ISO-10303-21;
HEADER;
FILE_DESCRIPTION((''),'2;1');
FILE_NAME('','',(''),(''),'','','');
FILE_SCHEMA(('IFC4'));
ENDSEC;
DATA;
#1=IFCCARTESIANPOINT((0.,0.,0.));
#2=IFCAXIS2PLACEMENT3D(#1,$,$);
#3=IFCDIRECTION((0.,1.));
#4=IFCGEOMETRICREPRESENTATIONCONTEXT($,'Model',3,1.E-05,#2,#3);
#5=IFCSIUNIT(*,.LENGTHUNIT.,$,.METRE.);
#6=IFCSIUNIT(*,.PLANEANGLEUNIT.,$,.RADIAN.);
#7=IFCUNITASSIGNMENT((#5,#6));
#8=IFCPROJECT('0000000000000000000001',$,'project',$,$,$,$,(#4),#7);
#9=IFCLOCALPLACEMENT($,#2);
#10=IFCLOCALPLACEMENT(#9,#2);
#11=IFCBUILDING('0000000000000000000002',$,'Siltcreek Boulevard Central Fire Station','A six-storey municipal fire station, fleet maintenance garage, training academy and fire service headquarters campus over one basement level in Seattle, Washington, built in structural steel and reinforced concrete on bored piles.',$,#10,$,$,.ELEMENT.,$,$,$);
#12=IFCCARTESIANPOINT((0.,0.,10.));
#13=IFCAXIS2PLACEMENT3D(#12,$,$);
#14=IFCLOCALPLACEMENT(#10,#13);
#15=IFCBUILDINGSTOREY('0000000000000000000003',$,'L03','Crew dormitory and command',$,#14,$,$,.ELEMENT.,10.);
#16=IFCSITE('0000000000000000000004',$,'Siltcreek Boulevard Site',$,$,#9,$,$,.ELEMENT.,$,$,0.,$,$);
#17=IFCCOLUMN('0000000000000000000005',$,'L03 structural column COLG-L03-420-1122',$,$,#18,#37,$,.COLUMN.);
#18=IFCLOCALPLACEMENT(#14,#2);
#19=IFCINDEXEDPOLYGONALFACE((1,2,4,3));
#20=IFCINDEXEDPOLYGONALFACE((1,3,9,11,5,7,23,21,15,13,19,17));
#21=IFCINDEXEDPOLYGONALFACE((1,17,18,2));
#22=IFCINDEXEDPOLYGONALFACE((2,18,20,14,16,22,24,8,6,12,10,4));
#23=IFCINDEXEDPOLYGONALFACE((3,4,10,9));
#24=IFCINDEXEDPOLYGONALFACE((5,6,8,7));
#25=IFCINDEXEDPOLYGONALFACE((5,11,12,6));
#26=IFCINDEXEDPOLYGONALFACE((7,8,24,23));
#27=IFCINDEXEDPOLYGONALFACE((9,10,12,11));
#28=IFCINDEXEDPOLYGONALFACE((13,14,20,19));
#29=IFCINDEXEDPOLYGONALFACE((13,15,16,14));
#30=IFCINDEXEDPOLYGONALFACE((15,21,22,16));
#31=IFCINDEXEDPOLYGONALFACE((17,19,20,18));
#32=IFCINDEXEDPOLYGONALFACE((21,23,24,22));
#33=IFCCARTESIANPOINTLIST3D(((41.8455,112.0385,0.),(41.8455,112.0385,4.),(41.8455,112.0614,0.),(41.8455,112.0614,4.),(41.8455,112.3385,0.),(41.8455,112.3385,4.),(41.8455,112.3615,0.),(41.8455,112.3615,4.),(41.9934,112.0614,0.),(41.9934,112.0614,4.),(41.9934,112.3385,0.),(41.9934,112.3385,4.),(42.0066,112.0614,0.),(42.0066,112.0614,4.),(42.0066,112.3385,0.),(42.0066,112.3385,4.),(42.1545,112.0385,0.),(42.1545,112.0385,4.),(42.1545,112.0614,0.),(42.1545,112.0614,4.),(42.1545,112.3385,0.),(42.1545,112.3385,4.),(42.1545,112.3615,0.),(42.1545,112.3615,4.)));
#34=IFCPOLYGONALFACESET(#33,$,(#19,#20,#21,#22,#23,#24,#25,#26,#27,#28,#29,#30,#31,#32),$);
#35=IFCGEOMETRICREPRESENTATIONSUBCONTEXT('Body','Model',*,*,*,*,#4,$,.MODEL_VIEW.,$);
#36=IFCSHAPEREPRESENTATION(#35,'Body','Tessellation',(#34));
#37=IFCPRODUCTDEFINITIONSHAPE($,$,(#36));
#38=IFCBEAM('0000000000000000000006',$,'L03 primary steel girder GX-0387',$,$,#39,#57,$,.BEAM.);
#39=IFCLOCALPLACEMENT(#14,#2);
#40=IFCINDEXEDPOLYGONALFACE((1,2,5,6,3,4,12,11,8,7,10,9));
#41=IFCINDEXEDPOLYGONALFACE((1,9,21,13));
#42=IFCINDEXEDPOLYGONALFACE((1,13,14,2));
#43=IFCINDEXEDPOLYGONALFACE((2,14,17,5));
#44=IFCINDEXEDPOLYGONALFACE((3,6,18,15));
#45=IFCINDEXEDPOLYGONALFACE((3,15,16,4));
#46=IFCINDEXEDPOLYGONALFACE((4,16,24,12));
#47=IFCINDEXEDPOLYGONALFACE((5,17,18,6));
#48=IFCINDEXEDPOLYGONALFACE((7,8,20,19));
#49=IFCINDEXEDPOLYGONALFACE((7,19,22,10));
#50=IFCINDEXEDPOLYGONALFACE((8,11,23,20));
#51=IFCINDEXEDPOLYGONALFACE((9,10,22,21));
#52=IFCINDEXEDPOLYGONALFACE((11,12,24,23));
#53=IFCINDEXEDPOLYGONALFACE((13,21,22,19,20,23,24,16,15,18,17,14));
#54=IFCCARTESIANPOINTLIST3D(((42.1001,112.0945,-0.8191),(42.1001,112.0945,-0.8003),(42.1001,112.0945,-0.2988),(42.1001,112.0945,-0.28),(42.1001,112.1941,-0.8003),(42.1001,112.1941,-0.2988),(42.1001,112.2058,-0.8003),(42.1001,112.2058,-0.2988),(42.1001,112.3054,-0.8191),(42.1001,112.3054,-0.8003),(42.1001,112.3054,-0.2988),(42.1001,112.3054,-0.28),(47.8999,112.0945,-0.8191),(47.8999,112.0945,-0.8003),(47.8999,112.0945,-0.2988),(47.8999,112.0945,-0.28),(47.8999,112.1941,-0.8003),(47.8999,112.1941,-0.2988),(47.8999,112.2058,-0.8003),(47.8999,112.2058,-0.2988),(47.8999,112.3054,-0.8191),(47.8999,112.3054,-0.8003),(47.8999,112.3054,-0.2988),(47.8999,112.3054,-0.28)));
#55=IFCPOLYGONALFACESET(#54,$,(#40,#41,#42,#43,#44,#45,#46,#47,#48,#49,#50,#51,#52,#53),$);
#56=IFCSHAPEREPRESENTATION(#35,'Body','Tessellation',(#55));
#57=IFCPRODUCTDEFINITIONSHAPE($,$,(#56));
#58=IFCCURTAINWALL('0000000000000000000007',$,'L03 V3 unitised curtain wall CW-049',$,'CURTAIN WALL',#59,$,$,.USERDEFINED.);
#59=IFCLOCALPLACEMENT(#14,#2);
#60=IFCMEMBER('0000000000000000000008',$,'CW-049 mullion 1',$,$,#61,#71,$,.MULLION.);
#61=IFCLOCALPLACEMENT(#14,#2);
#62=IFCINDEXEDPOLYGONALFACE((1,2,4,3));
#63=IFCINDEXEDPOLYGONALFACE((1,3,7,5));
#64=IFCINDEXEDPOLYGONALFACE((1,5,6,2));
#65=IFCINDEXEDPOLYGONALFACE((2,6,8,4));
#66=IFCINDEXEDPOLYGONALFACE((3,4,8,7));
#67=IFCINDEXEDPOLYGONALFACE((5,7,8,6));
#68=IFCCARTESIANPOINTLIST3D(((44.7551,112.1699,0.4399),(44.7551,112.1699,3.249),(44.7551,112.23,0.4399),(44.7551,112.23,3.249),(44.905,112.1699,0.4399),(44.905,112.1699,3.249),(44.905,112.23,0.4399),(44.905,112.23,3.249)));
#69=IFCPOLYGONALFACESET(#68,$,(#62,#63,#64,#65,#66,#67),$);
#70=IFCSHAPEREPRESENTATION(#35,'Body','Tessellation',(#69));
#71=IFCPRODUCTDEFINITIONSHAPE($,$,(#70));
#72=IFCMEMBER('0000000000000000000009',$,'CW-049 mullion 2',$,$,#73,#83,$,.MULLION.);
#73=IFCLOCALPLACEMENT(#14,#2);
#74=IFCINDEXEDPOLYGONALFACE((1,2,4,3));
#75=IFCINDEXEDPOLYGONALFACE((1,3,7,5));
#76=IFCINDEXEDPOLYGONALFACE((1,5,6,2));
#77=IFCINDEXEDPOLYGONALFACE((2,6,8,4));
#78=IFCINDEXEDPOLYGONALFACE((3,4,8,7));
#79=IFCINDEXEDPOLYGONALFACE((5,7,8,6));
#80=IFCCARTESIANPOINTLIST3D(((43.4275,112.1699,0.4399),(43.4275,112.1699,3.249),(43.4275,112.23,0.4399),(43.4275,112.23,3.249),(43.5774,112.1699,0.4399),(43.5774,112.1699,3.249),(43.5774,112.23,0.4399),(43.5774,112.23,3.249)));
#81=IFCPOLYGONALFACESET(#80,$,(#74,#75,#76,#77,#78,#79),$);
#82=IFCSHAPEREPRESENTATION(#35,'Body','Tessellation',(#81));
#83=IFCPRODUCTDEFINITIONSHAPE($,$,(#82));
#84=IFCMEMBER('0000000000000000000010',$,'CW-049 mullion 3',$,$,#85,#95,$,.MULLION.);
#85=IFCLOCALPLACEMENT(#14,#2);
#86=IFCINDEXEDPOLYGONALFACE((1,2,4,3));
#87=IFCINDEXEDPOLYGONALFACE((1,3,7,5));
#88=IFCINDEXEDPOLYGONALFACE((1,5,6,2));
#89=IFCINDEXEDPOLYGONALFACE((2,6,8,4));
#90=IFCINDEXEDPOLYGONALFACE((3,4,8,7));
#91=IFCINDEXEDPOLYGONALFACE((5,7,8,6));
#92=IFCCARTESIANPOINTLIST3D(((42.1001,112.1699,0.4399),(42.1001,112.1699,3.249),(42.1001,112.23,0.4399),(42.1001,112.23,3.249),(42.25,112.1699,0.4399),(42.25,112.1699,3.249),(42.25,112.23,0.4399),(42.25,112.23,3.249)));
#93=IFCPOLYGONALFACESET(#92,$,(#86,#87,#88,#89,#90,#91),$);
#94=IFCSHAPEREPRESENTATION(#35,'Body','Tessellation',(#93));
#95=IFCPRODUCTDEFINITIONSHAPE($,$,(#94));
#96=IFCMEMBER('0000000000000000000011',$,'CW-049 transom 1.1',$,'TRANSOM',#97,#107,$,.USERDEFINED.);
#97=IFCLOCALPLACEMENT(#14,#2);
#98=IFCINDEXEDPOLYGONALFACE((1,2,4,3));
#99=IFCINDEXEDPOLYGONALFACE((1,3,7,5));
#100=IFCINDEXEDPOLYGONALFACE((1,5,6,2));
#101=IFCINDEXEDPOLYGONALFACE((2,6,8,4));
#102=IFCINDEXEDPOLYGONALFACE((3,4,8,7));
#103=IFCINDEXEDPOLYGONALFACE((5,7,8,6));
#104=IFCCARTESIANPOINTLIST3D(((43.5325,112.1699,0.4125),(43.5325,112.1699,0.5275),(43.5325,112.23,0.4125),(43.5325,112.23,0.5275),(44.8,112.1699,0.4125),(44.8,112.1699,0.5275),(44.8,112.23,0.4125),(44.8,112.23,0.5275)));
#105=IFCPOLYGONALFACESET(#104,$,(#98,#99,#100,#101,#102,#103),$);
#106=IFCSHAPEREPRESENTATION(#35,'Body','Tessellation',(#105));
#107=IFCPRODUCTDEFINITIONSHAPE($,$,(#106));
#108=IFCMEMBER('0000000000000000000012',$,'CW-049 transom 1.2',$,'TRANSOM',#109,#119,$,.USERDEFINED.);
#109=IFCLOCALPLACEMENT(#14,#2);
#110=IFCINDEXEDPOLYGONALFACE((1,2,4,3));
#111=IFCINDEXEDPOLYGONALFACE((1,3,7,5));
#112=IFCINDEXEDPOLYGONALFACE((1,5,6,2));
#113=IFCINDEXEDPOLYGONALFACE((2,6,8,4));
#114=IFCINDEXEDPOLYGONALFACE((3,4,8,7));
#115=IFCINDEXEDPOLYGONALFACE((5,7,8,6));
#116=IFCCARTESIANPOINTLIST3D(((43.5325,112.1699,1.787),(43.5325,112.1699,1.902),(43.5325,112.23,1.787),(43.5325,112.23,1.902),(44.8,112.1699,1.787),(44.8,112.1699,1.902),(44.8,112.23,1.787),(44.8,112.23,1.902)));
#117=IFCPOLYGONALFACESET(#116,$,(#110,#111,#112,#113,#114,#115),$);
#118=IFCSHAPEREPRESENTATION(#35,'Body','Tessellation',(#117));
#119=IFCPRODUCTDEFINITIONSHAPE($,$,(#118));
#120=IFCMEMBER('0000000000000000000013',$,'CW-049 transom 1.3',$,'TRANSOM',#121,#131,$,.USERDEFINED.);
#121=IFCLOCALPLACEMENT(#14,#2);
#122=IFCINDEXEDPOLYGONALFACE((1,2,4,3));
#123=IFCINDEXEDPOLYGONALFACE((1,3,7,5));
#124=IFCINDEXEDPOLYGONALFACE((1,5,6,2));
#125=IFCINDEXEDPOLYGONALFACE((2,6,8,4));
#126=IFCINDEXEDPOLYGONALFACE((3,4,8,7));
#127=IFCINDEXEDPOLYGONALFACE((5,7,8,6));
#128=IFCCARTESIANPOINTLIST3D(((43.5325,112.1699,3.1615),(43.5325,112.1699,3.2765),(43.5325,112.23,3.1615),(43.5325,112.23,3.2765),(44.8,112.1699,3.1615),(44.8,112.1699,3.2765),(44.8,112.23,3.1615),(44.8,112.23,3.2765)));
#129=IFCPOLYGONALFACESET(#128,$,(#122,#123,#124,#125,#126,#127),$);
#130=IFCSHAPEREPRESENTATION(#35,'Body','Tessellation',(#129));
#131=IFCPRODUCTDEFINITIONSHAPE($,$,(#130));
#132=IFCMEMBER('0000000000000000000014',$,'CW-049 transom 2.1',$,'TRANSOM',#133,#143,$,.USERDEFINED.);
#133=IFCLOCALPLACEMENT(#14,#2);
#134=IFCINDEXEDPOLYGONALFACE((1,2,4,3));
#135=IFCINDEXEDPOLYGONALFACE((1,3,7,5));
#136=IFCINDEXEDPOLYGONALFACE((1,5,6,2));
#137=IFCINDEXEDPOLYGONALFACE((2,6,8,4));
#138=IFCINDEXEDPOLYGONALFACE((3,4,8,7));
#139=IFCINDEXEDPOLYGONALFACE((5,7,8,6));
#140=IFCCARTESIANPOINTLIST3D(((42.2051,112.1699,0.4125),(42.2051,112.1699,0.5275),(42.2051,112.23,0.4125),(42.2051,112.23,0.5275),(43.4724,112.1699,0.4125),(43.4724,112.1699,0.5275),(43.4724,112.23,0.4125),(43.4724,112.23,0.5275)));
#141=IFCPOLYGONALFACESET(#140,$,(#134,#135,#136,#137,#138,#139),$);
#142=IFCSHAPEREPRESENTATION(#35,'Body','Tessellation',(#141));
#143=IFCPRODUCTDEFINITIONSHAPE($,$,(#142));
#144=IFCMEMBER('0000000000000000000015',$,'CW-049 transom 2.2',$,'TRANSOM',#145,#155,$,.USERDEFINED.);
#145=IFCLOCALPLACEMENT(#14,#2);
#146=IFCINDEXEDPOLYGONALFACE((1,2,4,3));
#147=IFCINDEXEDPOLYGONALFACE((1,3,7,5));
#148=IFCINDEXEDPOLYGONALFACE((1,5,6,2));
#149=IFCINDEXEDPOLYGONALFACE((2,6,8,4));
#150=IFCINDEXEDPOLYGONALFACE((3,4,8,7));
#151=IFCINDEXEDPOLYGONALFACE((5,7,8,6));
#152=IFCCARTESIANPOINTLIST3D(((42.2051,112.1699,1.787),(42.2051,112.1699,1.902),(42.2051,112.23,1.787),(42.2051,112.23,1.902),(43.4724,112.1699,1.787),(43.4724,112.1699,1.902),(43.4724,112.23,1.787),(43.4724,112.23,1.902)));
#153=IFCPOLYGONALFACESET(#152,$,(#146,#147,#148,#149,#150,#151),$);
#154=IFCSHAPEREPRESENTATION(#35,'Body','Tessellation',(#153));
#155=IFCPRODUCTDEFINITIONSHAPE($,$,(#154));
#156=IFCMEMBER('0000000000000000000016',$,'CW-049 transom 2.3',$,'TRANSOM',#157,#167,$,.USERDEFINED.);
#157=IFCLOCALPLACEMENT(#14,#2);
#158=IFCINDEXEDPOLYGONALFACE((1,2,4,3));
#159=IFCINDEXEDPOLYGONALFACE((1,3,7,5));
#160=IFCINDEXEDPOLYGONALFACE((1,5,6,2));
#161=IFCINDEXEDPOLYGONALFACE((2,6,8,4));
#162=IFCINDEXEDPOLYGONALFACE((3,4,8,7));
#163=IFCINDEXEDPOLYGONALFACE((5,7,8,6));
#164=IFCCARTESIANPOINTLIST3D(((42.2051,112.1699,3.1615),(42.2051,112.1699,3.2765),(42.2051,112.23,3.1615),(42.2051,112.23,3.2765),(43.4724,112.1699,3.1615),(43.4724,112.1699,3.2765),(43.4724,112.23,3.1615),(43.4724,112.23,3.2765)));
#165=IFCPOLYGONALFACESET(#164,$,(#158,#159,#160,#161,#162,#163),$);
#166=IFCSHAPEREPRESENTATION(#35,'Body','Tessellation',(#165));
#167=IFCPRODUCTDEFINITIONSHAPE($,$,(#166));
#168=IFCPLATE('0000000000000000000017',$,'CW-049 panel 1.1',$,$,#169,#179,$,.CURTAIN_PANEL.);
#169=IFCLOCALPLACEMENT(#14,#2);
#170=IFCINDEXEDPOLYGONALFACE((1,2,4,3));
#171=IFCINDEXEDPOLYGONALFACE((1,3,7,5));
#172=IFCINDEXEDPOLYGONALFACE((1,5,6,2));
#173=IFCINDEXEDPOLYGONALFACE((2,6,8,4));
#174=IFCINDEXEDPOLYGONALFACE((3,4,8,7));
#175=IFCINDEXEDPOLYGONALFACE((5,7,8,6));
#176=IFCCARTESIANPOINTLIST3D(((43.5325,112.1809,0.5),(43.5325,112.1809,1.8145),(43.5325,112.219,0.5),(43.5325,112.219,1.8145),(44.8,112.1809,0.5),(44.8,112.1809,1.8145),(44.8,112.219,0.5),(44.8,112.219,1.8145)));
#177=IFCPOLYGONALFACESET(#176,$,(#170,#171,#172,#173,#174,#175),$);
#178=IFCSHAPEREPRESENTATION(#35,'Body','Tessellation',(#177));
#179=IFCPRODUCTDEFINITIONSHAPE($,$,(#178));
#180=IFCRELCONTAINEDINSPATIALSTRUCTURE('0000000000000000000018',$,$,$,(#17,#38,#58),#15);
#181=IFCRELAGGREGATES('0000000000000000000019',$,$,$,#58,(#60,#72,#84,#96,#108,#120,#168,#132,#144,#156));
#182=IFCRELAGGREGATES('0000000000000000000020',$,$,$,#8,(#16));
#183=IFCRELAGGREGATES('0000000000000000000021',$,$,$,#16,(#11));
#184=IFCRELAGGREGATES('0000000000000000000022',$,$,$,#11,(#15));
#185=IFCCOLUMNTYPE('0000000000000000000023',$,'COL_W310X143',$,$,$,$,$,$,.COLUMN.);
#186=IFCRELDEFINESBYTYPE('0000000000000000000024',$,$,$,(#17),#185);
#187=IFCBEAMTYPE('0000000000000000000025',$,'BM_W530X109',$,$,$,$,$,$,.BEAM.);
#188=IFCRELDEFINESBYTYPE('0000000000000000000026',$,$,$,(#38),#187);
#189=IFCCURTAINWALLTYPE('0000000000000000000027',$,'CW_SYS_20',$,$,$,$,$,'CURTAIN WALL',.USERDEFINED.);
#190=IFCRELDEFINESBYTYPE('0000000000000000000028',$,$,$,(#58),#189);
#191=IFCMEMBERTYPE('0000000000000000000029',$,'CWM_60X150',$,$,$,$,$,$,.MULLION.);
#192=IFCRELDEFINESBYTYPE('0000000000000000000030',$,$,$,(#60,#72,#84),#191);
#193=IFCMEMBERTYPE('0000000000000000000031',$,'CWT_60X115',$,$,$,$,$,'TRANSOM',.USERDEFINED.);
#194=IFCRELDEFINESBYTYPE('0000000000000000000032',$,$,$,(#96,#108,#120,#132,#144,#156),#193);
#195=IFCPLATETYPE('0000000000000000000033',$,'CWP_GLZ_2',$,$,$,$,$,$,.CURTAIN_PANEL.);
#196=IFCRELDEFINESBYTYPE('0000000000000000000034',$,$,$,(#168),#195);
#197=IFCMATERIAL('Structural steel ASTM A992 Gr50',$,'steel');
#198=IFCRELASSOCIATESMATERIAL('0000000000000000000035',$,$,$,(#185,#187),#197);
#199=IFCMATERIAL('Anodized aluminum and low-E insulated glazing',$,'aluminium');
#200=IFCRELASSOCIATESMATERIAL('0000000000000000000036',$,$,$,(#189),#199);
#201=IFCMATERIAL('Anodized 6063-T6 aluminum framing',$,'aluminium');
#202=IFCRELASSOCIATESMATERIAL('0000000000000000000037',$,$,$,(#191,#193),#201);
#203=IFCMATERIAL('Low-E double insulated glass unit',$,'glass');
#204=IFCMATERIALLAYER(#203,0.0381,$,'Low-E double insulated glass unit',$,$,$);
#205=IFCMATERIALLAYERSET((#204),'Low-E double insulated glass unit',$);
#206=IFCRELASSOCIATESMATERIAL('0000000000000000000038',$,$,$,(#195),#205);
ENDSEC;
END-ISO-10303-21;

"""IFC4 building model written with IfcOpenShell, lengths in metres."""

from ifc_helpers import new_model, si_unit, direction, frame, origin, origin_2d, place, context, subcontext, project, spatial, rectangle, i_section, extrude, material, layer, layer_set, material_profile, profile_set, type_object, element, aggregate, save


model = new_model("IFC4")

# Units and contexts
model_context = context("Model", 3, precision=1e-05, world=origin(), true_north=direction((0.0, 1.0)))
body_context = subcontext(model_context, "Body", "Model", "MODEL_VIEW")
ifc_project = project(units=[si_unit("LENGTHUNIT", "METRE"), si_unit("PLANEANGLEUNIT", "RADIAN")], contexts=[model_context])

# Site, building, storey
site_placement = place(None, origin())
site = spatial("IfcSite", under=ifc_project, at=site_placement, Name="Siltcreek Boulevard Site", CompositionType="ELEMENT", RefElevation=0.0)
building_placement = place(site_placement, origin())
building = spatial("IfcBuilding", under=site, at=building_placement, Name="Siltcreek Boulevard Central Fire Station", Description="A six-storey municipal fire station, fleet maintenance garage, training academy and fire service headquarters campus over one basement level in Seattle, Washington, built in structural steel and reinforced concrete on bored piles.", CompositionType="ELEMENT")
storey_placement = place(building_placement, frame((0.0, 0.0, 10.0)))
storey = spatial("IfcBuildingStorey", under=building, at=storey_placement, Name="L03", Description="Crew dormitory and command", CompositionType="ELEMENT", Elevation=10.0)

# Column
ifc_material_1 = material(Name="Structural steel ASTM A992 Gr50", Category="steel")
ifc_material_profile_1 = material_profile(ifc_material_1, i_section(OverallWidth=0.3091, OverallDepth=0.323, WebThickness=0.0132, FlangeThickness=0.0229, at=origin_2d()), Name="W310X143")
ifc_profile_set_1 = profile_set([ifc_material_profile_1], Name="Structural steel ASTM A992 Gr50")
column_type = type_object("IfcColumnType", Name="COL_W310X143", PredefinedType="COLUMN", material=ifc_profile_set_1)
column_placement = place(storey_placement, frame((42.0, 112.2, 0.0), z_axis=(0.0, 0.0, 1.0), x_axis=(1.0, 0.0, 0.0)))
element("IfcColumn", 1, at=column_placement, inside=storey, type_object=column_type, Name="L03 structural column COLG-L03-420-1122", PredefinedType="COLUMN", context=body_context, shape_type="SweptSolid", body=[
    extrude(i_section(OverallWidth=0.3091, OverallDepth=0.323, WebThickness=0.0132, FlangeThickness=0.0229, at=origin_2d()), origin(), (0.0, 0.0, 1.0), 4.0),
])

# Beam
ifc_material_profile_2 = material_profile(ifc_material_1, i_section(OverallWidth=0.2109, OverallDepth=0.5391, WebThickness=0.0117, FlangeThickness=0.0188, at=origin_2d()), Name="W530X109")
ifc_profile_set_2 = profile_set([ifc_material_profile_2], Name="Structural steel ASTM A992 Gr50")
beam_type = type_object("IfcBeamType", Name="BM_W530X109", PredefinedType="BEAM", material=ifc_profile_set_2)
beam_placement = place(storey_placement, frame((42.1001, 112.2, -0.5496), z_axis=(1.0, 0.0, 0.0), x_axis=(0.0, 1.0, 0.0)))
element("IfcBeam", 2, at=beam_placement, inside=storey, type_object=beam_type, Name="L03 primary steel girder GX-0387", PredefinedType="BEAM", context=body_context, shape_type="SweptSolid", body=[
    extrude(i_section(OverallWidth=0.2109, OverallDepth=0.5391, WebThickness=0.0117, FlangeThickness=0.0188, at=origin_2d()), origin(), (0.0, 0.0, 1.0), 5.7998),
])

# Curtain wall, members, plate
ifc_material_2 = material(Name="Anodized aluminum and low-E insulated glazing", Category="aluminium")
curtain_wall_type = type_object("IfcCurtainWallType", Name="CW_SYS_20", ElementType="CURTAIN WALL", PredefinedType="USERDEFINED", material=ifc_material_2)
curtain_wall_placement = place(storey_placement, origin())
curtain_wall = element("IfcCurtainWall", 3, at=curtain_wall_placement, inside=storey, type_object=curtain_wall_type, Name="L03 V3 unitised curtain wall CW-049", ObjectType="CURTAIN WALL", PredefinedType="USERDEFINED")
ifc_material_3 = material(Name="Anodized 6063-T6 aluminum framing", Category="aluminium")
ifc_material_profile_3 = material_profile(ifc_material_3, rectangle(XDim=0.0601, YDim=0.1499, at=origin_2d()), Name="MULL60X150")
ifc_profile_set_3 = profile_set([ifc_material_profile_3], Name="Anodized 6063-T6 aluminum framing")
member_type_1 = type_object("IfcMemberType", Name="CWM_60X150", PredefinedType="MULLION", material=ifc_profile_set_3)
member_1_placement = place(storey_placement, frame((44.8301, 112.2, 0.4399), z_axis=(0.0, 0.0, 1.0), x_axis=(0.0, -1.0, 0.0)))
member_1 = element("IfcMember", 4, at=member_1_placement, type_object=member_type_1, Name="CW-049 mullion 1", PredefinedType="MULLION", context=body_context, shape_type="SweptSolid", body=[
    extrude(rectangle(XDim=0.0601, YDim=0.1499, at=origin_2d()), origin(), (0.0, 0.0, 1.0), 2.8091),
])
member_2_placement = place(storey_placement, frame((43.5024, 112.2, 0.4399), z_axis=(0.0, 0.0, 1.0), x_axis=(0.0, -1.0, 0.0)))
member_2 = element("IfcMember", 5, at=member_2_placement, type_object=member_type_1, Name="CW-049 mullion 2", PredefinedType="MULLION", context=body_context, shape_type="SweptSolid", body=[
    extrude(rectangle(XDim=0.0601, YDim=0.1499, at=origin_2d()), origin(), (0.0, 0.0, 1.0), 2.8091),
])
member_3_placement = place(storey_placement, frame((42.175, 112.2, 0.4399), z_axis=(0.0, 0.0, 1.0), x_axis=(0.0, -1.0, 0.0)))
member_3 = element("IfcMember", 6, at=member_3_placement, type_object=member_type_1, Name="CW-049 mullion 3", PredefinedType="MULLION", context=body_context, shape_type="SweptSolid", body=[
    extrude(rectangle(XDim=0.0601, YDim=0.1499, at=origin_2d()), origin(), (0.0, 0.0, 1.0), 2.8091),
])
ifc_material_profile_4 = material_profile(ifc_material_3, rectangle(XDim=0.0601, YDim=0.115, at=origin_2d()), Name="TRAN60X115")
ifc_profile_set_4 = profile_set([ifc_material_profile_4], Name="Anodized 6063-T6 aluminum framing")
member_type_2 = type_object("IfcMemberType", Name="CWT_60X115", ElementType="TRANSOM", PredefinedType="USERDEFINED", material=ifc_profile_set_4)
member_4_placement = place(storey_placement, frame((44.8, 112.2, 0.47), z_axis=(-1.0, 0.0, 0.0), x_axis=(0.0, -1.0, 0.0)))
member_4 = element("IfcMember", 7, at=member_4_placement, type_object=member_type_2, Name="CW-049 transom 1.1", ObjectType="TRANSOM", PredefinedType="USERDEFINED", context=body_context, shape_type="SweptSolid", body=[
    extrude(rectangle(XDim=0.0601, YDim=0.115, at=origin_2d()), origin(), (0.0, 0.0, 1.0), 1.2676),
])
member_5_placement = place(storey_placement, frame((44.8, 112.2, 1.8445), z_axis=(-1.0, 0.0, 0.0), x_axis=(0.0, -1.0, 0.0)))
member_5 = element("IfcMember", 8, at=member_5_placement, type_object=member_type_2, Name="CW-049 transom 1.2", ObjectType="TRANSOM", PredefinedType="USERDEFINED", context=body_context, shape_type="SweptSolid", body=[
    extrude(rectangle(XDim=0.0601, YDim=0.115, at=origin_2d()), origin(), (0.0, 0.0, 1.0), 1.2676),
])
member_6_placement = place(storey_placement, frame((44.8, 112.2, 3.219), z_axis=(-1.0, 0.0, 0.0), x_axis=(0.0, -1.0, 0.0)))
member_6 = element("IfcMember", 9, at=member_6_placement, type_object=member_type_2, Name="CW-049 transom 1.3", ObjectType="TRANSOM", PredefinedType="USERDEFINED", context=body_context, shape_type="SweptSolid", body=[
    extrude(rectangle(XDim=0.0601, YDim=0.115, at=origin_2d()), origin(), (0.0, 0.0, 1.0), 1.2676),
])
member_7_placement = place(storey_placement, frame((43.4724, 112.2, 0.47), z_axis=(-1.0, 0.0, 0.0), x_axis=(0.0, -1.0, 0.0)))
member_7 = element("IfcMember", 10, at=member_7_placement, type_object=member_type_2, Name="CW-049 transom 2.1", ObjectType="TRANSOM", PredefinedType="USERDEFINED", context=body_context, shape_type="SweptSolid", body=[
    extrude(rectangle(XDim=0.0601, YDim=0.115, at=origin_2d()), origin(), (0.0, 0.0, 1.0), 1.2673),
])
member_8_placement = place(storey_placement, frame((43.4724, 112.2, 1.8445), z_axis=(-1.0, 0.0, 0.0), x_axis=(0.0, -1.0, 0.0)))
member_8 = element("IfcMember", 11, at=member_8_placement, type_object=member_type_2, Name="CW-049 transom 2.2", ObjectType="TRANSOM", PredefinedType="USERDEFINED", context=body_context, shape_type="SweptSolid", body=[
    extrude(rectangle(XDim=0.0601, YDim=0.115, at=origin_2d()), origin(), (0.0, 0.0, 1.0), 1.2673),
])
member_9_placement = place(storey_placement, frame((43.4724, 112.2, 3.219), z_axis=(-1.0, 0.0, 0.0), x_axis=(0.0, -1.0, 0.0)))
member_9 = element("IfcMember", 12, at=member_9_placement, type_object=member_type_2, Name="CW-049 transom 2.3", ObjectType="TRANSOM", PredefinedType="USERDEFINED", context=body_context, shape_type="SweptSolid", body=[
    extrude(rectangle(XDim=0.0601, YDim=0.115, at=origin_2d()), origin(), (0.0, 0.0, 1.0), 1.2673),
])
ifc_material_4 = material(Name="Low-E double insulated glass unit", Category="glass")
ifc_layer_1 = layer(ifc_material_4, 0.0381, Name="Low-E double insulated glass unit")
ifc_layer_set_1 = layer_set([ifc_layer_1], Name="Low-E double insulated glass unit")
plate_type_1 = type_object("IfcPlateType", Name="CWP_GLZ_2", PredefinedType="CURTAIN_PANEL", material=ifc_layer_set_1)
plate_1_placement = place(storey_placement, frame((44.1663, 112.2, 0.5), z_axis=(0.0, 0.0, 1.0), x_axis=(-1.0, 0.0, 0.0)))
plate_1 = element("IfcPlate", 13, at=plate_1_placement, type_object=plate_type_1, Name="CW-049 panel 1.1", PredefinedType="CURTAIN_PANEL", context=body_context, shape_type="SweptSolid", body=[
    extrude(rectangle(XDim=1.2676, YDim=0.0381, at=origin_2d()), origin(), (0.0, 0.0, 1.0), 1.3145),
])
aggregate(curtain_wall, [member_1, member_2, member_3, member_4, member_5, member_6, plate_1, member_7, member_8, member_9])

save(model, "model.ifc")
